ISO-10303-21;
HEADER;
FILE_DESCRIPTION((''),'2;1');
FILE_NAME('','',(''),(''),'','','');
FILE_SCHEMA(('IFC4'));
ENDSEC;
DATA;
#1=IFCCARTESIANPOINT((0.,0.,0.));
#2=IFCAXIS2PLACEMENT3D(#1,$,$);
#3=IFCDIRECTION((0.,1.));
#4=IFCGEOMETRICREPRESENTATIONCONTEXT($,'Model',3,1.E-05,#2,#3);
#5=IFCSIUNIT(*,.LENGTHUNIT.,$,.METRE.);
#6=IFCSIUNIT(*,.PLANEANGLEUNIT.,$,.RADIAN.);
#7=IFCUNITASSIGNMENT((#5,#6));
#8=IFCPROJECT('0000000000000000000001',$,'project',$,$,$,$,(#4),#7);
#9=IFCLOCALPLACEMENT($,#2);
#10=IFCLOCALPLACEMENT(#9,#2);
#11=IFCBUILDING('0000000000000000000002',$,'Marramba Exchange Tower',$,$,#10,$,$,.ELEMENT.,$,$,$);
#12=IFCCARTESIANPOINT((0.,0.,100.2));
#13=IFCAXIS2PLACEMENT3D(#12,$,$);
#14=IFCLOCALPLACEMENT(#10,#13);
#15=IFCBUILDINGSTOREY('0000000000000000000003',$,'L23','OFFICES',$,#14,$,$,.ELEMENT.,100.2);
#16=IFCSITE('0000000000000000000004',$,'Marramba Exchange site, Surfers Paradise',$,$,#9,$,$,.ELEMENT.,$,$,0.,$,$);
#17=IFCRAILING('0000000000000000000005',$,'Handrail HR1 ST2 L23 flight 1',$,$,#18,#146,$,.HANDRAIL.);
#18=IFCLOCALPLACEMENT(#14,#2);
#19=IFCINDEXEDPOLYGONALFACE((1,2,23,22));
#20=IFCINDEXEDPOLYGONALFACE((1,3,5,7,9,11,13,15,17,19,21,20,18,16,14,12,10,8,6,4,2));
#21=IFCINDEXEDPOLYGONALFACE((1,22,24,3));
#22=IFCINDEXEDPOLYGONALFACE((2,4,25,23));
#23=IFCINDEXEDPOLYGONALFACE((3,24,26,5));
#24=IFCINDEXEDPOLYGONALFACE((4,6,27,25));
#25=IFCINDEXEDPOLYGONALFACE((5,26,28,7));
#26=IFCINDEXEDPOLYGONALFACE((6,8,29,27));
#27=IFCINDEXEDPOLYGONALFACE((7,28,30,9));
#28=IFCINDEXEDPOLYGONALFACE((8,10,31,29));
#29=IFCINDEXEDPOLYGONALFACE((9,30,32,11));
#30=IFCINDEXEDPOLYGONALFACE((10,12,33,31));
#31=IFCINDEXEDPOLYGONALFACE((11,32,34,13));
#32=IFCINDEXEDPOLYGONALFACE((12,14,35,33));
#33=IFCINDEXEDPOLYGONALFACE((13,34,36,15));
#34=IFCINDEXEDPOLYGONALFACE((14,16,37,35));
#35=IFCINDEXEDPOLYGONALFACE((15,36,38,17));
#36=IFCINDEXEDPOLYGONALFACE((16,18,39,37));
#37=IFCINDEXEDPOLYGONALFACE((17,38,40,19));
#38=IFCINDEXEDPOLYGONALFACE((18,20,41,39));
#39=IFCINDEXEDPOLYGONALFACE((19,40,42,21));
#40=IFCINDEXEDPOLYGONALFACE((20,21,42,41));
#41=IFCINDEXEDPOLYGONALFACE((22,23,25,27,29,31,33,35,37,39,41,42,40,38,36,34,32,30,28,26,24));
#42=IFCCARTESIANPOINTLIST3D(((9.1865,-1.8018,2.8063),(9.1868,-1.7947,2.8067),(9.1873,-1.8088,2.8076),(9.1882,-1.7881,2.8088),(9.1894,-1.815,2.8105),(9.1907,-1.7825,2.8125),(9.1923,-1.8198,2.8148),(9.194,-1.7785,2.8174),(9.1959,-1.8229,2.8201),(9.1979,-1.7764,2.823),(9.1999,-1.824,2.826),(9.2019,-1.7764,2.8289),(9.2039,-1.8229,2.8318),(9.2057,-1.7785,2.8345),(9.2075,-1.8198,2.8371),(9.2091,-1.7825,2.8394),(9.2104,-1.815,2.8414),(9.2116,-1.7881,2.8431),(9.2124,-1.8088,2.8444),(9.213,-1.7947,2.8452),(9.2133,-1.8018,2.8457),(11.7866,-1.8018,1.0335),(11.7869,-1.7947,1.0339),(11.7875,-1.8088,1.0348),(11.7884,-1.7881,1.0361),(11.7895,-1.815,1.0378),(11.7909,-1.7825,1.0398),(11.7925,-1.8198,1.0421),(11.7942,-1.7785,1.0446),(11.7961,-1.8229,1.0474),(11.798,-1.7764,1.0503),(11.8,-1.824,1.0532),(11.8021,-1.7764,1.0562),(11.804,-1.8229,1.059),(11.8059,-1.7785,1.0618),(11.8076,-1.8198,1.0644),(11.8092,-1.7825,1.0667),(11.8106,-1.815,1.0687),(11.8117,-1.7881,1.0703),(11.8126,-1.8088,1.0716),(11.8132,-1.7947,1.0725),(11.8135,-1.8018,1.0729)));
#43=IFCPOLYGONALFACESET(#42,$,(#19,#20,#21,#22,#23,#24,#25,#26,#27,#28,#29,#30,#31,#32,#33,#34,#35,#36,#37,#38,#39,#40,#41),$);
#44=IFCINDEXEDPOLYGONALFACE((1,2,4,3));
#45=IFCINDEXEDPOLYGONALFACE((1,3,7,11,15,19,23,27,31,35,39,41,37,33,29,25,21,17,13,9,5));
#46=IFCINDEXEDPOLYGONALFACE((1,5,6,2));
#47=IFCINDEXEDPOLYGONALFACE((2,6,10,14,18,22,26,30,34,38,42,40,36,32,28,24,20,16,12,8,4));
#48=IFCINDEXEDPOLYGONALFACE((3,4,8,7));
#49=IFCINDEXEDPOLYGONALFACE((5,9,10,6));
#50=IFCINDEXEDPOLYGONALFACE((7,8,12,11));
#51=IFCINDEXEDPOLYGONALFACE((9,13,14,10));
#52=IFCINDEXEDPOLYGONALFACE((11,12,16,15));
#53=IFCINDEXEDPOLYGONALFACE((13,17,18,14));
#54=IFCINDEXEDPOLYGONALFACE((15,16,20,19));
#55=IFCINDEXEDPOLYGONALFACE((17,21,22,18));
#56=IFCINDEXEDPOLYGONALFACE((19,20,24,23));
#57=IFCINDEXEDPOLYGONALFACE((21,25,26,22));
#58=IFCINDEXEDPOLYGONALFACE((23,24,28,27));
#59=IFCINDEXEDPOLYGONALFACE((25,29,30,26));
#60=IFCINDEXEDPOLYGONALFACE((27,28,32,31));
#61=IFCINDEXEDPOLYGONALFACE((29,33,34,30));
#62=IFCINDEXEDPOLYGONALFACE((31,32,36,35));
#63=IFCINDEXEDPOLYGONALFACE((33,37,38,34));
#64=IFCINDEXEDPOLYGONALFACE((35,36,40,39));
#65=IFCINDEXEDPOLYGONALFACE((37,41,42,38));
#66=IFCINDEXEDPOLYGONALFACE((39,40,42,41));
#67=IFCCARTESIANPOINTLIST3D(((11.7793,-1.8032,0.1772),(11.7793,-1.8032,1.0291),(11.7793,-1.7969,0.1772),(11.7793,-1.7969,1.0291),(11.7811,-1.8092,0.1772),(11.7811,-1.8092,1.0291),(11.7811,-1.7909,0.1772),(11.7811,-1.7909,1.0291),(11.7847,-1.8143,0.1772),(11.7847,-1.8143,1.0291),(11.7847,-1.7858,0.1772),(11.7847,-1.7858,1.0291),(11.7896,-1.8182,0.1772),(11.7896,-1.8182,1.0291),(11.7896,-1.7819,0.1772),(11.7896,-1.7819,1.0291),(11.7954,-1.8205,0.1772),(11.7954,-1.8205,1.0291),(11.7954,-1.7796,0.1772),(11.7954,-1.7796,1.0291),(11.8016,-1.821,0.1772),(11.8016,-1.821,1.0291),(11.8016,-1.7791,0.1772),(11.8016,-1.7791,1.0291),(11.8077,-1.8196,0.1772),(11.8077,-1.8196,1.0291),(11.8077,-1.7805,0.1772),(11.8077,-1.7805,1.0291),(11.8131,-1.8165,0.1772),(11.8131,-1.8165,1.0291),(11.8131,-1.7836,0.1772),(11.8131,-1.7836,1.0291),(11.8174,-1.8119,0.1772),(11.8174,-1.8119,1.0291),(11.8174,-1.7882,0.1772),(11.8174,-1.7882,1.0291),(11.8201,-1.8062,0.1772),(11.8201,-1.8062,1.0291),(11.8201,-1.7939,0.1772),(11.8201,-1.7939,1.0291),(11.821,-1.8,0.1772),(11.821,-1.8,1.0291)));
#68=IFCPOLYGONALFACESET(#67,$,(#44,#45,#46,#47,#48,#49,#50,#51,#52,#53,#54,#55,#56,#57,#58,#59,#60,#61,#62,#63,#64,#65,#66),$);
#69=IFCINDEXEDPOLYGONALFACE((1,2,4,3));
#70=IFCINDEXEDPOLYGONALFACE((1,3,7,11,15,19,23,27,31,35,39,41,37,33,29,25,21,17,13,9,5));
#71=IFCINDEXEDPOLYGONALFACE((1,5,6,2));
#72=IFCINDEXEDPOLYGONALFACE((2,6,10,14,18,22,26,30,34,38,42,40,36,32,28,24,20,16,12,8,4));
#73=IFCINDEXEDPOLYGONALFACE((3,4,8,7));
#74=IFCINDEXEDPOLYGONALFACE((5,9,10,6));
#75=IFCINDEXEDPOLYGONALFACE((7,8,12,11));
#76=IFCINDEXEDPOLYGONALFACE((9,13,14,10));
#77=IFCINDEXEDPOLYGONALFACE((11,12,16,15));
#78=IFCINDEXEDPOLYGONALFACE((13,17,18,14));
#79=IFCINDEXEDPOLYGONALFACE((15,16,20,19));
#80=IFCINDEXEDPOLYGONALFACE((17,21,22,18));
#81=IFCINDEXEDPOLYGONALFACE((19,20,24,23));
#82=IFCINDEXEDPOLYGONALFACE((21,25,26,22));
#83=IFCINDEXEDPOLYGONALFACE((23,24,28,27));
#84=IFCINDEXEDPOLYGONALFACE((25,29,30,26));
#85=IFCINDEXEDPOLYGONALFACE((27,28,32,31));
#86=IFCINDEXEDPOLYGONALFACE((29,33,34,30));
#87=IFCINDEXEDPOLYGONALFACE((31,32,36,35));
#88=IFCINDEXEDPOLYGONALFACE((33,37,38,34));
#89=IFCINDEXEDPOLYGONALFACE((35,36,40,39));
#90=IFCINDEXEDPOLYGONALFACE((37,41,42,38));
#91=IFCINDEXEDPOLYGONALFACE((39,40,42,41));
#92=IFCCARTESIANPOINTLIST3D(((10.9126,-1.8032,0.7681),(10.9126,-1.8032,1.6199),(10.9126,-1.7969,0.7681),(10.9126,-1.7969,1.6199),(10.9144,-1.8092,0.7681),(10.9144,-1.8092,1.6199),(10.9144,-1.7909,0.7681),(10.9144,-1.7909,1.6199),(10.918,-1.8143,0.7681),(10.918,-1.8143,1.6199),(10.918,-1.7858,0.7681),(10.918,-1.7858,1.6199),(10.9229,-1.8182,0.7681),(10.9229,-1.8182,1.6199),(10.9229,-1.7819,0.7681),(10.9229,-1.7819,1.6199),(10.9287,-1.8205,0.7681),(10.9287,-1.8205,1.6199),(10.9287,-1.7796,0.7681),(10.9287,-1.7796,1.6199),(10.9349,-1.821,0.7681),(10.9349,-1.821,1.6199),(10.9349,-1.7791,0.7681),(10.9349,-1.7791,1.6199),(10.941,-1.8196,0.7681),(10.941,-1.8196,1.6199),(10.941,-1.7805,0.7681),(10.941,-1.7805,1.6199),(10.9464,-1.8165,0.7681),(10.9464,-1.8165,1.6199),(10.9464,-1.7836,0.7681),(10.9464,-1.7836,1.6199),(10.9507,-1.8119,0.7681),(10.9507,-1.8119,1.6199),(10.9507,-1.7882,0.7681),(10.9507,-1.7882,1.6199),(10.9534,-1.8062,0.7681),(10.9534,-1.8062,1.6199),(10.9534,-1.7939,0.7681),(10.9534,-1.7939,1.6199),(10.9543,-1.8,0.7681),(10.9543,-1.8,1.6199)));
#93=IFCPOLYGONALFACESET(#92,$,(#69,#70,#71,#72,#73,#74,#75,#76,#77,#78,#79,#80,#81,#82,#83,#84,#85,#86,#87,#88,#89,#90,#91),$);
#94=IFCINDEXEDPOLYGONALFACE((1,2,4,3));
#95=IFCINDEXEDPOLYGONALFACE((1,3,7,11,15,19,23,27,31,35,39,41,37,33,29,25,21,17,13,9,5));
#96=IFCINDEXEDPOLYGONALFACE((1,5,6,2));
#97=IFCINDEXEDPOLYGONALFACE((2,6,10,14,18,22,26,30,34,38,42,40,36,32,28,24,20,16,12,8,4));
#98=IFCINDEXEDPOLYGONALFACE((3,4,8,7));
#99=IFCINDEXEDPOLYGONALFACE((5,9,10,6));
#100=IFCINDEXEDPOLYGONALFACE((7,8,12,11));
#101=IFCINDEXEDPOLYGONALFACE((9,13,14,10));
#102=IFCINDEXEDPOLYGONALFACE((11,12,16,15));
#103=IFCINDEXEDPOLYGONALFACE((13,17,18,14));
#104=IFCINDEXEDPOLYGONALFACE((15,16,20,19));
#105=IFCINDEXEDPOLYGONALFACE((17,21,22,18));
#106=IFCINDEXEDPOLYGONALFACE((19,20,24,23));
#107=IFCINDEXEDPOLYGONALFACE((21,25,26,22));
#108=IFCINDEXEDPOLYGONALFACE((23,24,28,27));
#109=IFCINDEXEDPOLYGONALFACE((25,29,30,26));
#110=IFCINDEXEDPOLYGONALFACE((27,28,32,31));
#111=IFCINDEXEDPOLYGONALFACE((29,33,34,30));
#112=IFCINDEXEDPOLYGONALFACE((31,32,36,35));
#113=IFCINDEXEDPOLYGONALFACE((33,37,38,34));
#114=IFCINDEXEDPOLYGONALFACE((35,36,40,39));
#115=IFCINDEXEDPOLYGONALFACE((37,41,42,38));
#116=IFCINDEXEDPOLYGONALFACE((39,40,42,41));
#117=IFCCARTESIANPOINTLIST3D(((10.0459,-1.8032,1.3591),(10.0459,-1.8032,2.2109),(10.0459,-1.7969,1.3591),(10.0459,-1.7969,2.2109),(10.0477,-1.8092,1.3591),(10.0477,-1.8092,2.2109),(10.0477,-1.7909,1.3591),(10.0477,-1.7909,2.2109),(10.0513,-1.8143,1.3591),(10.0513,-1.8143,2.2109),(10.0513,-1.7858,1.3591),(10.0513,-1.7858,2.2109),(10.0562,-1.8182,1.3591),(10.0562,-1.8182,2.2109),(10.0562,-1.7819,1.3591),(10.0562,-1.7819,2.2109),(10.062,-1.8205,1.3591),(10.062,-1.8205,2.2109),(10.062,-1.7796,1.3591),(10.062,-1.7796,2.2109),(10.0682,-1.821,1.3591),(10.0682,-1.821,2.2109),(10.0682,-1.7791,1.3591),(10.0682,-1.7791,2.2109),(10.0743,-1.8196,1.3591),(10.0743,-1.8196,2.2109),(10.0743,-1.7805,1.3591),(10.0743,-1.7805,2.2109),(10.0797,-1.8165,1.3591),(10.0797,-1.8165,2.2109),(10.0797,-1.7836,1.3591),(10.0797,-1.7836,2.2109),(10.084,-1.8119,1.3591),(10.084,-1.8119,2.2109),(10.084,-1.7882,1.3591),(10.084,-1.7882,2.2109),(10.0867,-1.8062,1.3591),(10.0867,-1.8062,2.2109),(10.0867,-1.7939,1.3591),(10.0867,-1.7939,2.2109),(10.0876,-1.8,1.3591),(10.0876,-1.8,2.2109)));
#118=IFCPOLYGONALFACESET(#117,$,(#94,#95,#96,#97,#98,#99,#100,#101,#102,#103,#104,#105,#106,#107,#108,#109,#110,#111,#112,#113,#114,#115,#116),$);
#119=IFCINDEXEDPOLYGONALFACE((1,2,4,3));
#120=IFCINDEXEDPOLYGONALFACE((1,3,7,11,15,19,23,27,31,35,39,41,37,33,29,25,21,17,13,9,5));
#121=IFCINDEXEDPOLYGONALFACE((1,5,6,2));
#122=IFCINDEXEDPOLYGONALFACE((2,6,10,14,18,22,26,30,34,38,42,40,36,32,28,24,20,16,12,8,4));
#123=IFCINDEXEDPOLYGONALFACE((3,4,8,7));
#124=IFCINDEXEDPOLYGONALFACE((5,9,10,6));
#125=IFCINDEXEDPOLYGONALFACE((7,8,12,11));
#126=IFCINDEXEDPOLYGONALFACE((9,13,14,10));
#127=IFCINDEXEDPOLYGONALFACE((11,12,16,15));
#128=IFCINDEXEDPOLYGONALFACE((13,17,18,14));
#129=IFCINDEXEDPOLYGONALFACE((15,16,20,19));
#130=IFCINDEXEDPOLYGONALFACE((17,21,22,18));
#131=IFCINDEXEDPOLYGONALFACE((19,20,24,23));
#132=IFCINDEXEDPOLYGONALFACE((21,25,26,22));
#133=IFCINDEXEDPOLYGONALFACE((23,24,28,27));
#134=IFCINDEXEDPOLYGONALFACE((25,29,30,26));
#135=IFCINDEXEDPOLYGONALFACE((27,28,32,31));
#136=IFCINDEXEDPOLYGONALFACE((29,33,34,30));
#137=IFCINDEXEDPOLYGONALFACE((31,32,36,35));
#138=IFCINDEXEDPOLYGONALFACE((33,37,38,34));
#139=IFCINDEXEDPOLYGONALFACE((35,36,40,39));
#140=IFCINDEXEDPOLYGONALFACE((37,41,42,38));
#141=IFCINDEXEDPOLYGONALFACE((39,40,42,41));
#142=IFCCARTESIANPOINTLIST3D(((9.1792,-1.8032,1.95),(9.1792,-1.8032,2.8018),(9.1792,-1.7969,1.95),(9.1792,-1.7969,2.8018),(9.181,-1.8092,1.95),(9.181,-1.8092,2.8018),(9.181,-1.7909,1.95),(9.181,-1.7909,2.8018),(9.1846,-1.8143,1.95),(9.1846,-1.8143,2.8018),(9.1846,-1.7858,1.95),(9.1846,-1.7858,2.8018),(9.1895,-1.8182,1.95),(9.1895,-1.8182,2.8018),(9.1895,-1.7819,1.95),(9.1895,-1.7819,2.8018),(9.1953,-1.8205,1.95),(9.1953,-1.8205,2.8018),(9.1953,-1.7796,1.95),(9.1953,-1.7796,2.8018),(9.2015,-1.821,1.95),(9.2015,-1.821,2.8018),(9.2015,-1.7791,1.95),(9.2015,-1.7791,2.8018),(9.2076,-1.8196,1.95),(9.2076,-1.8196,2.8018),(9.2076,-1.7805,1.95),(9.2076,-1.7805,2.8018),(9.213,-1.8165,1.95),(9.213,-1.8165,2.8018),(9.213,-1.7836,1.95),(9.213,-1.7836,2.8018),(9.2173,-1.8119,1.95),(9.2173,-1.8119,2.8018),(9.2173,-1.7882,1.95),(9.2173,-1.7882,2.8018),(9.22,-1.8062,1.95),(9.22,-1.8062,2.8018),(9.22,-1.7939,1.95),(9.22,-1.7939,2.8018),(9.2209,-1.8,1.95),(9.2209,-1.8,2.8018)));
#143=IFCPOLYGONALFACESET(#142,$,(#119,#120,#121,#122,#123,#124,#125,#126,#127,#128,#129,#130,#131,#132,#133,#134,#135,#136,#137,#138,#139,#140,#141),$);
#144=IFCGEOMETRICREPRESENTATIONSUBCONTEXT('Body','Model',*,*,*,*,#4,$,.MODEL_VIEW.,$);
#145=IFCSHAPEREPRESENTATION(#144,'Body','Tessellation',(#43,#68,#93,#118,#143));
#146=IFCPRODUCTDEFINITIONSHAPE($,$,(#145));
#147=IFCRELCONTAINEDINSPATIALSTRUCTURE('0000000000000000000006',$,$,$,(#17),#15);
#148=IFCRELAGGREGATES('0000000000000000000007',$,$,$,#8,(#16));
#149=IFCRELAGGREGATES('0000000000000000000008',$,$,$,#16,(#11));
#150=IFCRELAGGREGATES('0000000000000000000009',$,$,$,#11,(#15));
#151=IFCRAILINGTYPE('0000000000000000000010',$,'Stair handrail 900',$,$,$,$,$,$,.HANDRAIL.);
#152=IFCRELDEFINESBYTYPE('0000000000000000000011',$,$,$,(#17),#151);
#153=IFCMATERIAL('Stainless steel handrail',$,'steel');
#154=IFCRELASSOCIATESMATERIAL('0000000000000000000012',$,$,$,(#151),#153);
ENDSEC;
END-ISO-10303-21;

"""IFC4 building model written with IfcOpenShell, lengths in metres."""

from ifc_helpers import new_model, si_unit, direction, frame, origin, origin_2d, place, context, subcontext, project, spatial, circle, extrude, material, type_object, element, save


model = new_model("IFC4")

# Units and contexts
model_context = context("Model", 3, precision=1e-05, world=origin(), true_north=direction((0.0, 1.0)))
body_context = subcontext(model_context, "Body", "Model", "MODEL_VIEW")
ifc_project = project(units=[si_unit("LENGTHUNIT", "METRE"), si_unit("PLANEANGLEUNIT", "RADIAN")], contexts=[model_context])

# Site, building, storey
site_placement = place(None, origin())
site = spatial("IfcSite", under=ifc_project, at=site_placement, Name="Marramba Exchange site, Surfers Paradise", CompositionType="ELEMENT", RefElevation=0.0)
building_placement = place(site_placement, origin())
building = spatial("IfcBuilding", under=site, at=building_placement, Name="Marramba Exchange Tower", CompositionType="ELEMENT")
storey_placement = place(building_placement, frame((0.0, 0.0, 100.2)))
storey = spatial("IfcBuildingStorey", under=building, at=storey_placement, Name="L23", Description="OFFICES", CompositionType="ELEMENT", Elevation=100.2)

# Railing
ifc_material_1 = material(Name="Stainless steel handrail", Category="steel")
railing_type = type_object("IfcRailingType", Name="Stair handrail 900", PredefinedType="HANDRAIL", material=ifc_material_1)
railing_placement = place(storey_placement, frame((11.8, -1.8, 0.1772)))
element("IfcRailing", 1, at=railing_placement, inside=storey, type_object=railing_type, Name="Handrail HR1 ST2 L23 flight 1", PredefinedType="HANDRAIL", context=body_context, shape_type="SweptSolid", body=[
    extrude(circle(Radius=0.0239, at=origin_2d()), frame((0.0, 0.0, 0.876), z_axis=(-0.82624, 0.0, 0.563318), x_axis=(0.0, -1.0, 0.0)), (0.0, 0.0, 1.0), 3.147),
    extrude(circle(Radius=0.021, at=origin_2d()), origin(), (0.0, 0.0, 1.0), 0.8518),
    extrude(circle(Radius=0.021, at=origin_2d()), frame((-0.8667, 0.0, 0.5908)), (0.0, 0.0, 1.0), 0.8518),
    extrude(circle(Radius=0.021, at=origin_2d()), frame((-1.7334, 0.0, 1.1819)), (0.0, 0.0, 1.0), 0.8518),
    extrude(circle(Radius=0.021, at=origin_2d()), frame((-2.6001, 0.0, 1.7727)), (0.0, 0.0, 1.0), 0.8518),
])

save(model, "model.ifc")
